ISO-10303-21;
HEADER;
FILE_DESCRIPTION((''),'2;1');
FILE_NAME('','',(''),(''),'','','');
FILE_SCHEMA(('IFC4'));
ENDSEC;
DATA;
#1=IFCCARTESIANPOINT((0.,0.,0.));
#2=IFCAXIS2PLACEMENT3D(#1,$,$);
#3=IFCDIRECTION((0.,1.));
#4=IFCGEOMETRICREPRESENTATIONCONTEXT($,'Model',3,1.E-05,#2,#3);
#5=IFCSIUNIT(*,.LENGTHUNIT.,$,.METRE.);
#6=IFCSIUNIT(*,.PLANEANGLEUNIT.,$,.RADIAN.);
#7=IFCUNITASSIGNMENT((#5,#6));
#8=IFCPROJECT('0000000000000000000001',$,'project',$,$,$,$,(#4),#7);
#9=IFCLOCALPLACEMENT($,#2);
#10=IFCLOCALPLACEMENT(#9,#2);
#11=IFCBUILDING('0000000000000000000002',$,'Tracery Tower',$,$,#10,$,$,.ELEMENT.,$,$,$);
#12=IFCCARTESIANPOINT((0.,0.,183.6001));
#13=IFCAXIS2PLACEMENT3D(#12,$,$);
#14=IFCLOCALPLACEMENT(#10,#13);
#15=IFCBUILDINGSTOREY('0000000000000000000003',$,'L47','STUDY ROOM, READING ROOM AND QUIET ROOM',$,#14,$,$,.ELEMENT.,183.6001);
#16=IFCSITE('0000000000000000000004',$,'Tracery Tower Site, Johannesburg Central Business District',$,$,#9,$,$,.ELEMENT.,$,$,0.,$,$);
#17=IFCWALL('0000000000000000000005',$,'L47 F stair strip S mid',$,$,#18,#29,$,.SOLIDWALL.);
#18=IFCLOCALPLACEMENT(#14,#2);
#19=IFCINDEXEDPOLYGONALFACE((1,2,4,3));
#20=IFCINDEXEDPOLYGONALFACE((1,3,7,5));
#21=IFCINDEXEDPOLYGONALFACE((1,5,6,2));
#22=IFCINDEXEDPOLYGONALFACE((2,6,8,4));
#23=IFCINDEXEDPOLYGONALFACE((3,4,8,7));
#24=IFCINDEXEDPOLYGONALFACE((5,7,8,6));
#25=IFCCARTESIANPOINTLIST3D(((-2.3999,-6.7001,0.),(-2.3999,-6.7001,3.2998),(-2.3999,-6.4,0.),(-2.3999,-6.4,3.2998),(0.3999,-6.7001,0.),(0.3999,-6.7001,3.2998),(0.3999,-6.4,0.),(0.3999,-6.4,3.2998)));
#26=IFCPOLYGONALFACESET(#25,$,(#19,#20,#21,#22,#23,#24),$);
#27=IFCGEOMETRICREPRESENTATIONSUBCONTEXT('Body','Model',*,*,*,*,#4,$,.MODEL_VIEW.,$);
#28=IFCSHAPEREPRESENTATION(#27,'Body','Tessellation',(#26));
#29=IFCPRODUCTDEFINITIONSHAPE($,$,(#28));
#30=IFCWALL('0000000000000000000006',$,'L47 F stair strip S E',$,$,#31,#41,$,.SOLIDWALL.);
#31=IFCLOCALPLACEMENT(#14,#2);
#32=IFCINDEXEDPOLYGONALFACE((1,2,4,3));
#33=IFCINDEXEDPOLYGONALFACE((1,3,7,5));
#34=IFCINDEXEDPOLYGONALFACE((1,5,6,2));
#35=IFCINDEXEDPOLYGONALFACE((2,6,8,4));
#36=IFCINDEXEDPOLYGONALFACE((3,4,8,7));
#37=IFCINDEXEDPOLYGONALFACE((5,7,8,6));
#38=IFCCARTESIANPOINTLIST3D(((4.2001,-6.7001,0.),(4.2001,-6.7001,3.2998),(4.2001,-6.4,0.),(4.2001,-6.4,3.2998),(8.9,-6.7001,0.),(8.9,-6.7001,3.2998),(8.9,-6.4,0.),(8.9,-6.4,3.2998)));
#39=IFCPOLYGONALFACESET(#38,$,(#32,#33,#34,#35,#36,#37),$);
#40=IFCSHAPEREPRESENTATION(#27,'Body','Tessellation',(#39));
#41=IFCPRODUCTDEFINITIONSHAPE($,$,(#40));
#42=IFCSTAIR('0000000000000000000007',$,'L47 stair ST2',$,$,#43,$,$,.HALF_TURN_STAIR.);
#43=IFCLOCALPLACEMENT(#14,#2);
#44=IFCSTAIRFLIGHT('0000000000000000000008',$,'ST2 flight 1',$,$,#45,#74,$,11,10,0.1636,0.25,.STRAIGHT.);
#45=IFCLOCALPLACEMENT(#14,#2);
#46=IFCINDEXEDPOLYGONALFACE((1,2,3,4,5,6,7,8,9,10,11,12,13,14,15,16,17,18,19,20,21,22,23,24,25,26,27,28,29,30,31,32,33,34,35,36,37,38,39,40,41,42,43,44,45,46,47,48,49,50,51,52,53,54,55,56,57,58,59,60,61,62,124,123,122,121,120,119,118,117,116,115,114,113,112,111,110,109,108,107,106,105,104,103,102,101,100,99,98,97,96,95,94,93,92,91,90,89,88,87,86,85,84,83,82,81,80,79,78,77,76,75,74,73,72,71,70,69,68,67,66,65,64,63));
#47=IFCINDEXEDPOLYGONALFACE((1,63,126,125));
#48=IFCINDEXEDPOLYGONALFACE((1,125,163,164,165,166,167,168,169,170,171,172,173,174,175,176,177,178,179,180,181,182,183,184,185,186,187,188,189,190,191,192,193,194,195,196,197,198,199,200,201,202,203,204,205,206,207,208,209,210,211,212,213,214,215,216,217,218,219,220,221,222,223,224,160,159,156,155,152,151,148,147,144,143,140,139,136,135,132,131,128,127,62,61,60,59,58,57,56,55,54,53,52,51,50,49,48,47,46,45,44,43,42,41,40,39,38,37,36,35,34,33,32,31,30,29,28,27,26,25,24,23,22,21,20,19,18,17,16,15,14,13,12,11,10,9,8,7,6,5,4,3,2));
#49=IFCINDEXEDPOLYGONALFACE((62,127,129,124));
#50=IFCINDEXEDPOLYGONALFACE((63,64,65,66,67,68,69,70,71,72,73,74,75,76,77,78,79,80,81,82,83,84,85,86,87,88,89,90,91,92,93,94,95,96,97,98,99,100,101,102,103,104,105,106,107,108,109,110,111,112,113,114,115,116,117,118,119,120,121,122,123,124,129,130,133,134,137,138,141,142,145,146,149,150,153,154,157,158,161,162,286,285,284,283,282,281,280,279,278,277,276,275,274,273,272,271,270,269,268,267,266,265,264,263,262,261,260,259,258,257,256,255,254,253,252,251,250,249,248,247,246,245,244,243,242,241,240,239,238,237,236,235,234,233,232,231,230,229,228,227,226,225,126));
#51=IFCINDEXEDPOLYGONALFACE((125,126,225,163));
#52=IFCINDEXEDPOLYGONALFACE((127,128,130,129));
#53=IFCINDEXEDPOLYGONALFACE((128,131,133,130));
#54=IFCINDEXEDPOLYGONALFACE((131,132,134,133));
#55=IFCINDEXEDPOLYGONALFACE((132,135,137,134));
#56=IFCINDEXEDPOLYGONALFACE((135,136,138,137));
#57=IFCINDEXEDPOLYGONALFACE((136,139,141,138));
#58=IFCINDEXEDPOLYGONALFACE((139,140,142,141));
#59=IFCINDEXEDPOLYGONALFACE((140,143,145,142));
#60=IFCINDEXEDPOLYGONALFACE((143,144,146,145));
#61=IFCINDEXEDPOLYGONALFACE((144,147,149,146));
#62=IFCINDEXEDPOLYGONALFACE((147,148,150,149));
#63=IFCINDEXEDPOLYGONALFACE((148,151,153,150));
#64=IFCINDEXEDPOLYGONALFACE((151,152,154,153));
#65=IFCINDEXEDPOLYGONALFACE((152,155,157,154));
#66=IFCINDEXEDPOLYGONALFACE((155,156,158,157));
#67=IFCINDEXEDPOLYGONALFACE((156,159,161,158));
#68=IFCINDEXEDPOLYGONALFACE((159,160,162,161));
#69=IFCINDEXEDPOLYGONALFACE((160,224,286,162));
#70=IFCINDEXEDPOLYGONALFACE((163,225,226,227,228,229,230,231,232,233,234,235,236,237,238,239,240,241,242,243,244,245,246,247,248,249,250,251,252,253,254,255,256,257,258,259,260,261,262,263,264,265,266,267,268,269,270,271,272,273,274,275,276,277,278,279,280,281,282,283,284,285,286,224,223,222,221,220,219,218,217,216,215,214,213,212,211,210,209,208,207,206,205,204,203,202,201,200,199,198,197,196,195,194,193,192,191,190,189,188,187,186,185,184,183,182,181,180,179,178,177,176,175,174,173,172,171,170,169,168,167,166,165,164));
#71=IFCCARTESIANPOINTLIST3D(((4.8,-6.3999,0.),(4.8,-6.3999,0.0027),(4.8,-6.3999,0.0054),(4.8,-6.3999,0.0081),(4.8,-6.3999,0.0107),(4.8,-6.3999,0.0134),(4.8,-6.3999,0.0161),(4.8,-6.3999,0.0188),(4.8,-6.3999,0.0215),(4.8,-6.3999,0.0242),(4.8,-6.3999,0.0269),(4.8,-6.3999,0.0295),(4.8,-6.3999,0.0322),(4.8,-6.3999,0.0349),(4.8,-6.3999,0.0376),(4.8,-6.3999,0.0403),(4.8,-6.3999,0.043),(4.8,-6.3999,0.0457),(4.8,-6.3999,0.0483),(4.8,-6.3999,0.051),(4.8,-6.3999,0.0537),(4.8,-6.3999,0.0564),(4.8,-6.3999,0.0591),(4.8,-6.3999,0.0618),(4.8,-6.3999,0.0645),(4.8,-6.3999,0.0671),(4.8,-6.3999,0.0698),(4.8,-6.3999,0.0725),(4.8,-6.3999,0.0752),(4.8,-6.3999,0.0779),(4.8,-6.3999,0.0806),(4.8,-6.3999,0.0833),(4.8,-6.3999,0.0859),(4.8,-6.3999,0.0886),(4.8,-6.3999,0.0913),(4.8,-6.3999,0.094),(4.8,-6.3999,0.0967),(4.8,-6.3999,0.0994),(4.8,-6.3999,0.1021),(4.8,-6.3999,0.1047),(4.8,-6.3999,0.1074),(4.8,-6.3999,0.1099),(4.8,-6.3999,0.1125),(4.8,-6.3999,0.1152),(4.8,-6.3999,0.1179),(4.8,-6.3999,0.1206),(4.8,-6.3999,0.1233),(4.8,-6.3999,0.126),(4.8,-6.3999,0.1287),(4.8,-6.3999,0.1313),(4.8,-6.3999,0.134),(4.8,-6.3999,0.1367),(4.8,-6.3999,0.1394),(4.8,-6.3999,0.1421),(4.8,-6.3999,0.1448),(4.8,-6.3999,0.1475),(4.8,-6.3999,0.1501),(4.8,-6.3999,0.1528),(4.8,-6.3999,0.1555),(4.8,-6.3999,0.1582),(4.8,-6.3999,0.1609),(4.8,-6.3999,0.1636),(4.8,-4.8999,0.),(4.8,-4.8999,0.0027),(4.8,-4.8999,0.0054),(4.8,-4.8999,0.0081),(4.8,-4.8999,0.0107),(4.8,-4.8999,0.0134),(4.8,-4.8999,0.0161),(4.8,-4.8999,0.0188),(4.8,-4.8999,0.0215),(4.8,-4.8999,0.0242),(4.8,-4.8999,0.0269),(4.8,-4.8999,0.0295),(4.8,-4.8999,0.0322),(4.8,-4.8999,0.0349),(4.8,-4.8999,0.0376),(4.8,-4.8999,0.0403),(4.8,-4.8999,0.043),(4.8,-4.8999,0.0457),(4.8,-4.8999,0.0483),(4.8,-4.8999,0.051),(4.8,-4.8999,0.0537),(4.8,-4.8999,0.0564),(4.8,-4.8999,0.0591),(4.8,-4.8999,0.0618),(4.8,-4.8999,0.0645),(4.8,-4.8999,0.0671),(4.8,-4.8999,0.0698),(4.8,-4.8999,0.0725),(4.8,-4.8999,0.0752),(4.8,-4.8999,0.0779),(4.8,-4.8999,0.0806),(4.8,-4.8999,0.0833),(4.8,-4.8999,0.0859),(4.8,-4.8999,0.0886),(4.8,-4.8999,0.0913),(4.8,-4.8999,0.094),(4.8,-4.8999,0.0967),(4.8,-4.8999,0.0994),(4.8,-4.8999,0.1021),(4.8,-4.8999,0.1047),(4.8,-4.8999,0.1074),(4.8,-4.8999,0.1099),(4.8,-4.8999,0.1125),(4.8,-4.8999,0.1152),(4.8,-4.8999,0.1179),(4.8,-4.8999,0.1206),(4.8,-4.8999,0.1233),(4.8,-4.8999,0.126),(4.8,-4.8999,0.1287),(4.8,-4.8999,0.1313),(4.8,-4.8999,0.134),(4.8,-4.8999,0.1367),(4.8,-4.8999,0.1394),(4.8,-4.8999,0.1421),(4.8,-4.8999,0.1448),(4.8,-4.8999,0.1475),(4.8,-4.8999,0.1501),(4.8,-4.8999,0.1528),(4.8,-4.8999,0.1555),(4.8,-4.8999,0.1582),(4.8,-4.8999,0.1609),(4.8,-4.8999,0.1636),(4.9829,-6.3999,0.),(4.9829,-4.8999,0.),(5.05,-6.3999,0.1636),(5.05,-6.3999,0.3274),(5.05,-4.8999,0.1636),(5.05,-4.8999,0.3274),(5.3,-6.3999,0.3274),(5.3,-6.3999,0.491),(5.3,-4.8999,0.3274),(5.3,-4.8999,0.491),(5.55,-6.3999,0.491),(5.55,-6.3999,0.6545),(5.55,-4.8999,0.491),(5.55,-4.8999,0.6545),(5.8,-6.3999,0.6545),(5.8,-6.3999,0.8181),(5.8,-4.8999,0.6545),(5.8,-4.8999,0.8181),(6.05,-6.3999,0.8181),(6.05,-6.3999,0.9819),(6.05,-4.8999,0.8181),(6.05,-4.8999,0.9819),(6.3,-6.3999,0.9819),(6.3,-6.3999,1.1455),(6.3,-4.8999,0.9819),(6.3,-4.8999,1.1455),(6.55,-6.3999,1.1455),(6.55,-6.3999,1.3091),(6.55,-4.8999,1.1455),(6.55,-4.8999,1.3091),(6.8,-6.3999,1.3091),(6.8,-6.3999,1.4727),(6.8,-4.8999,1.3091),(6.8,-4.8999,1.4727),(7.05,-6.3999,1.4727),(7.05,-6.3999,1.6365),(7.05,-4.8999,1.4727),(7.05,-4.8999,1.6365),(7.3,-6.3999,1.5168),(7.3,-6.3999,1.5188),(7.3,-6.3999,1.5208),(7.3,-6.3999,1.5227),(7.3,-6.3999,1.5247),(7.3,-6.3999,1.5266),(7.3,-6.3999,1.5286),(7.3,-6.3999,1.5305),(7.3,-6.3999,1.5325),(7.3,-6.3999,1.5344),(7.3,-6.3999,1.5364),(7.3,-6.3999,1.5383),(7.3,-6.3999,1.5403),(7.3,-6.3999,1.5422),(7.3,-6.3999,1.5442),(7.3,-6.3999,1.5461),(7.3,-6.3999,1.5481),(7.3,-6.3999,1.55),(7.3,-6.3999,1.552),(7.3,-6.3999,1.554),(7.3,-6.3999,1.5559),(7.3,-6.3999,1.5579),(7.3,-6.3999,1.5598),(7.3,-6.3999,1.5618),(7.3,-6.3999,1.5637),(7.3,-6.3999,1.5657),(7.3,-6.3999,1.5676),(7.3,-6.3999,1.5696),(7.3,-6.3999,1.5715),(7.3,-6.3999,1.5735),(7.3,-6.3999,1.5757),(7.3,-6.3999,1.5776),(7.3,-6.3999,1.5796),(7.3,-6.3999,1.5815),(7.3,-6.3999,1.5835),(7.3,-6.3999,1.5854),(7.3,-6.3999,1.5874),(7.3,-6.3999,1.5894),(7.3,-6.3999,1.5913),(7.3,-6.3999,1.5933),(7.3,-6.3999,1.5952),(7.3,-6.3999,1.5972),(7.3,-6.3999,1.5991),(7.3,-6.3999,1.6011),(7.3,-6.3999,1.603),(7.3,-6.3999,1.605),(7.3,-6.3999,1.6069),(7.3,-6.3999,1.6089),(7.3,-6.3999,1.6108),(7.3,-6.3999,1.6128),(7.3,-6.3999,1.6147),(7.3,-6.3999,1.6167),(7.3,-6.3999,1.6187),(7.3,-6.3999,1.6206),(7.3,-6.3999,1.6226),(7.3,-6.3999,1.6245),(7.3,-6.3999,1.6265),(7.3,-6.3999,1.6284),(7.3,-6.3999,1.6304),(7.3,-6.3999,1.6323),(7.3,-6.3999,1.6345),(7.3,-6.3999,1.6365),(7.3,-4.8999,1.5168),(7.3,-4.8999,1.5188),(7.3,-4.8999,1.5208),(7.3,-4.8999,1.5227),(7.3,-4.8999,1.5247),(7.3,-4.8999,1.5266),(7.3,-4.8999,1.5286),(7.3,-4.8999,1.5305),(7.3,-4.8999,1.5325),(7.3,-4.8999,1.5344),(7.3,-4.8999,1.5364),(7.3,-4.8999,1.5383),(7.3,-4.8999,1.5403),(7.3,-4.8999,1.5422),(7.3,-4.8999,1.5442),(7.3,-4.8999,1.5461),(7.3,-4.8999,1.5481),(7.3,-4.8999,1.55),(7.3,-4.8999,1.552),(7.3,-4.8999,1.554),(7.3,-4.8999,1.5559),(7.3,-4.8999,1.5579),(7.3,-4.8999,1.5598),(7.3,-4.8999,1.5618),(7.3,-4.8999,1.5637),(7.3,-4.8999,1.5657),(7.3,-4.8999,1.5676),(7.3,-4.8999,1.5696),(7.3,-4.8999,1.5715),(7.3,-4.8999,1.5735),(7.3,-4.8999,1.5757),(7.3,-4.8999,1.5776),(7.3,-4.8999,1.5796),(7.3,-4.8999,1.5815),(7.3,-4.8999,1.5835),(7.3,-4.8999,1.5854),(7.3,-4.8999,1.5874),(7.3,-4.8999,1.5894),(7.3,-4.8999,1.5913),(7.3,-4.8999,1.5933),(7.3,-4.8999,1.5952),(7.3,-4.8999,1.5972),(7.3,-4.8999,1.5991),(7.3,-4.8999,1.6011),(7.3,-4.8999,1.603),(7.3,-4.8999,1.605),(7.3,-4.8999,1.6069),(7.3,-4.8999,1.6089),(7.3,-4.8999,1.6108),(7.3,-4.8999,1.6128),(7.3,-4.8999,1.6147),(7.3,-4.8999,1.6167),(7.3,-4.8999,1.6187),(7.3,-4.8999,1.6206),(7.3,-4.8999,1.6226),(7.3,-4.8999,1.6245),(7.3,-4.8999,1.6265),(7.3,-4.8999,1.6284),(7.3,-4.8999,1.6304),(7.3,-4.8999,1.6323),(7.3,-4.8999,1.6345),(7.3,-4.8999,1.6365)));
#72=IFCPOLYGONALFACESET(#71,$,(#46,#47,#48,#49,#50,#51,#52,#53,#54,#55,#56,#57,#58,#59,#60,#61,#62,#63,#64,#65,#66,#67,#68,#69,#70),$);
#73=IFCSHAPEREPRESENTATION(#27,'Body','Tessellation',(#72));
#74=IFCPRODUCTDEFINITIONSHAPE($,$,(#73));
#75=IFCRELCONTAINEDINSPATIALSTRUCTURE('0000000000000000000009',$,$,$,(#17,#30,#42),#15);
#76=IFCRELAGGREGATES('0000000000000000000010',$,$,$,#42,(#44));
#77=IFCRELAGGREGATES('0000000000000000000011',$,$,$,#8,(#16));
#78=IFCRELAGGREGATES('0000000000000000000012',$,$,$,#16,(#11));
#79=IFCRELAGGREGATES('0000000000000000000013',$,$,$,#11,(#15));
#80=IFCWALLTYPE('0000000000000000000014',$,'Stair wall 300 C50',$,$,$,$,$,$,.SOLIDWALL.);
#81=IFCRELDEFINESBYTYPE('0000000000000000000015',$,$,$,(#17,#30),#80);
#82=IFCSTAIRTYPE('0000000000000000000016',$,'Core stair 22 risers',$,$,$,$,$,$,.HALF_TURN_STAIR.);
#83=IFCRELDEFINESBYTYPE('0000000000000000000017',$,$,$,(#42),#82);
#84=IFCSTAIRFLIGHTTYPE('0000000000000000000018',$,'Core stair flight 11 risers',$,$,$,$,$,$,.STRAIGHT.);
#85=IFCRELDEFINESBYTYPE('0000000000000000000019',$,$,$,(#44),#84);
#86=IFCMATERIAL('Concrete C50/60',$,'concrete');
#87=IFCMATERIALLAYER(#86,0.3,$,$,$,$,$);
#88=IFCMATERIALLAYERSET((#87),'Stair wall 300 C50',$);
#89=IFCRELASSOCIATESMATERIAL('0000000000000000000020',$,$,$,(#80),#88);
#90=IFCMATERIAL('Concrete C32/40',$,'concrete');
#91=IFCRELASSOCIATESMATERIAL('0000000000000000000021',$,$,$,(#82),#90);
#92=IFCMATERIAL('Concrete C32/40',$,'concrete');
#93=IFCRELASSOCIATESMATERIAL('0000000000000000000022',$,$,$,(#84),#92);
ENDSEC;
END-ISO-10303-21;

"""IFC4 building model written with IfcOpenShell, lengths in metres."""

from ifc_helpers import new_model, si_unit, direction, frame, frame_2d, origin, place, context, subcontext, project, spatial, polyline, rectangle, outline, extrude, material, layer, layer_set, type_object, element, aggregate, save


model = new_model("IFC4")

# Units and contexts
model_context = context("Model", 3, precision=1e-05, world=origin(), true_north=direction((0.0, 1.0)))
body_context = subcontext(model_context, "Body", "Model", "MODEL_VIEW")
ifc_project = project(units=[si_unit("LENGTHUNIT", "METRE"), si_unit("PLANEANGLEUNIT", "RADIAN")], contexts=[model_context])

# Site, building, storey
site_placement = place(None, origin())
site = spatial("IfcSite", under=ifc_project, at=site_placement, Name="Tracery Tower Site, Johannesburg Central Business District", CompositionType="ELEMENT", RefElevation=0.0)
building_placement = place(site_placement, origin())
building = spatial("IfcBuilding", under=site, at=building_placement, Name="Tracery Tower", CompositionType="ELEMENT")
storey_placement = place(building_placement, frame((0.0, 0.0, 183.6001)))
storey = spatial("IfcBuildingStorey", under=building, at=storey_placement, Name="L47", Description="STUDY ROOM, READING ROOM AND QUIET ROOM", CompositionType="ELEMENT", Elevation=183.6001)

# Shared definitions
ifc_material_1 = material(Name="Concrete C50/60", Category="concrete")
ifc_layer_1 = layer(ifc_material_1, 0.3)
ifc_layer_set_1 = layer_set([ifc_layer_1], Name="Stair wall 300 C50")
wall_type_1 = type_object("IfcWallType", Name="Stair wall 300 C50", PredefinedType="SOLIDWALL", material=ifc_layer_set_1)

# Walls
wall_1_placement = place(storey_placement, frame((-2.3999, -6.55, 0.0), z_axis=(0.0, 0.0, 1.0), x_axis=(1.0, 0.0, 0.0)))
element("IfcWall", 1, at=wall_1_placement, inside=storey, type_object=wall_type_1, Name="L47 F stair strip S mid", PredefinedType="SOLIDWALL", context=body_context, shape_type="SweptSolid", body=[
    extrude(rectangle(XDim=2.7998, YDim=0.3, at=frame_2d((1.3999, 0.0))), origin(), (0.0, 0.0, 1.0), 3.2998),
])
wall_2_placement = place(storey_placement, frame((4.2, -6.55, 0.0), z_axis=(0.0, 0.0, 1.0), x_axis=(1.0, 0.0, 0.0)))
element("IfcWall", 2, at=wall_2_placement, inside=storey, type_object=wall_type_1, Name="L47 F stair strip S E", PredefinedType="SOLIDWALL", context=body_context, shape_type="SweptSolid", body=[
    extrude(rectangle(XDim=4.7, YDim=0.3, at=frame_2d((2.3501, 0.0))), origin(), (0.0, 0.0, 1.0), 3.2998),
])

# Stair, stair flight
ifc_material_2 = material(Name="Concrete C32/40", Category="concrete")
stair_type = type_object("IfcStairType", Name="Core stair 22 risers", PredefinedType="HALF_TURN_STAIR", material=ifc_material_2)
stair_placement = place(storey_placement, origin())
stair = element("IfcStair", 3, at=stair_placement, inside=storey, type_object=stair_type, Name="L47 stair ST2", PredefinedType="HALF_TURN_STAIR")
ifc_material_3 = material(Name="Concrete C32/40", Category="concrete")
stair_flight_type = type_object("IfcStairFlightType", Name="Core stair flight 11 risers", PredefinedType="STRAIGHT", material=ifc_material_3)
stair_flight_1_placement = place(storey_placement, frame((4.8, -5.6499, 0.0), z_axis=(0.0, 0.0, 1.0), x_axis=(1.0, 0.0, 0.0)))
stair_flight_1 = element("IfcStairFlight", 4, at=stair_flight_1_placement, type_object=stair_flight_type, Name="ST2 flight 1", NumberOfRisers=11, NumberOfTreads=10, PredefinedType="STRAIGHT", RiserHeight=0.1636, TreadLength=0.25, context=body_context, shape_type="SweptSolid", body=[
    extrude(outline(polyline([(0.0, 0.0), (0.0, 0.0027), (0.0, 0.0054), (0.0, 0.0081), (0.0, 0.0107), (0.0, 0.0134), (0.0, 0.0161), (0.0, 0.0188), (0.0, 0.0215), (0.0, 0.0242), (0.0, 0.0269), (0.0, 0.0295), (0.0, 0.0322), (0.0, 0.0349), (0.0, 0.0376), (0.0, 0.0403), (0.0, 0.043), (0.0, 0.0457), (0.0, 0.0483), (0.0, 0.051), (0.0, 0.0537), (0.0, 0.0564), (0.0, 0.0591), (0.0, 0.0618), (0.0, 0.0645), (0.0, 0.0671), (0.0, 0.0698), (0.0, 0.0725), (0.0, 0.0752), (0.0, 0.0779), (0.0, 0.0806), (0.0, 0.0833), (0.0, 0.0859), (0.0, 0.0886), (0.0, 0.0913), (0.0, 0.094), (0.0, 0.0967), (0.0, 0.0994), (0.0, 0.1021), (0.0, 0.1047), (0.0, 0.1074), (0.0, 0.1099), (0.0, 0.1125), (0.0, 0.1152), (0.0, 0.1179), (0.0, 0.1206), (0.0, 0.1233), (0.0, 0.126), (0.0, 0.1287), (0.0, 0.1313), (0.0, 0.134), (0.0, 0.1367), (0.0, 0.1394), (0.0, 0.1421), (0.0, 0.1448), (0.0, 0.1475), (0.0, 0.1501), (0.0, 0.1528), (0.0, 0.1555), (0.0, 0.1582), (0.0, 0.1609), (0.0, 0.1636), (0.25, 0.1636), (0.25, 0.3274), (0.5, 0.3274), (0.5, 0.491), (0.75, 0.491), (0.75, 0.6545), (1.0, 0.6545), (1.0, 0.8181), (1.25, 0.8181), (1.25, 0.9819), (1.5, 0.9819), (1.5, 1.1455), (1.75, 1.1455), (1.75, 1.3091), (2.0, 1.3091), (2.0, 1.4727), (2.25, 1.4727), (2.25, 1.6365), (2.5, 1.6365), (2.5, 1.6345), (2.5, 1.6323), (2.5, 1.6304), (2.5, 1.6284), (2.5, 1.6265), (2.5, 1.6245), (2.5, 1.6226), (2.5, 1.6206), (2.5, 1.6187), (2.5, 1.6167), (2.5, 1.6147), (2.5, 1.6128), (2.5, 1.6108), (2.5, 1.6089), (2.5, 1.6069), (2.5, 1.605), (2.5, 1.603), (2.5, 1.6011), (2.5, 1.5991), (2.5, 1.5972), (2.5, 1.5952), (2.5, 1.5933), (2.5, 1.5913), (2.5, 1.5894), (2.5, 1.5874), (2.5, 1.5854), (2.5, 1.5835), (2.5, 1.5815), (2.5, 1.5796), (2.5, 1.5776), (2.5, 1.5757), (2.5, 1.5735), (2.5, 1.5715), (2.5, 1.5696), (2.5, 1.5676), (2.5, 1.5657), (2.5, 1.5637), (2.5, 1.5618), (2.5, 1.5598), (2.5, 1.5579), (2.5, 1.5559), (2.5, 1.554), (2.5, 1.552), (2.5, 1.55), (2.5, 1.5481), (2.5, 1.5461), (2.5, 1.5442), (2.5, 1.5422), (2.5, 1.5403), (2.5, 1.5383), (2.5, 1.5364), (2.5, 1.5344), (2.5, 1.5325), (2.5, 1.5305), (2.5, 1.5286), (2.5, 1.5266), (2.5, 1.5247), (2.5, 1.5227), (2.5, 1.5208), (2.5, 1.5188), (2.5, 1.5168), (0.1829, 0.0), (0.0, 0.0)])), frame((0.0, 0.75, 0.0), z_axis=(0.0, -1.0, 0.0), x_axis=(1.0, 0.0, 0.0)), (0.0, 0.0, 1.0), 1.5),
])
aggregate(stair, [stair_flight_1])

save(model, "model.ifc")
